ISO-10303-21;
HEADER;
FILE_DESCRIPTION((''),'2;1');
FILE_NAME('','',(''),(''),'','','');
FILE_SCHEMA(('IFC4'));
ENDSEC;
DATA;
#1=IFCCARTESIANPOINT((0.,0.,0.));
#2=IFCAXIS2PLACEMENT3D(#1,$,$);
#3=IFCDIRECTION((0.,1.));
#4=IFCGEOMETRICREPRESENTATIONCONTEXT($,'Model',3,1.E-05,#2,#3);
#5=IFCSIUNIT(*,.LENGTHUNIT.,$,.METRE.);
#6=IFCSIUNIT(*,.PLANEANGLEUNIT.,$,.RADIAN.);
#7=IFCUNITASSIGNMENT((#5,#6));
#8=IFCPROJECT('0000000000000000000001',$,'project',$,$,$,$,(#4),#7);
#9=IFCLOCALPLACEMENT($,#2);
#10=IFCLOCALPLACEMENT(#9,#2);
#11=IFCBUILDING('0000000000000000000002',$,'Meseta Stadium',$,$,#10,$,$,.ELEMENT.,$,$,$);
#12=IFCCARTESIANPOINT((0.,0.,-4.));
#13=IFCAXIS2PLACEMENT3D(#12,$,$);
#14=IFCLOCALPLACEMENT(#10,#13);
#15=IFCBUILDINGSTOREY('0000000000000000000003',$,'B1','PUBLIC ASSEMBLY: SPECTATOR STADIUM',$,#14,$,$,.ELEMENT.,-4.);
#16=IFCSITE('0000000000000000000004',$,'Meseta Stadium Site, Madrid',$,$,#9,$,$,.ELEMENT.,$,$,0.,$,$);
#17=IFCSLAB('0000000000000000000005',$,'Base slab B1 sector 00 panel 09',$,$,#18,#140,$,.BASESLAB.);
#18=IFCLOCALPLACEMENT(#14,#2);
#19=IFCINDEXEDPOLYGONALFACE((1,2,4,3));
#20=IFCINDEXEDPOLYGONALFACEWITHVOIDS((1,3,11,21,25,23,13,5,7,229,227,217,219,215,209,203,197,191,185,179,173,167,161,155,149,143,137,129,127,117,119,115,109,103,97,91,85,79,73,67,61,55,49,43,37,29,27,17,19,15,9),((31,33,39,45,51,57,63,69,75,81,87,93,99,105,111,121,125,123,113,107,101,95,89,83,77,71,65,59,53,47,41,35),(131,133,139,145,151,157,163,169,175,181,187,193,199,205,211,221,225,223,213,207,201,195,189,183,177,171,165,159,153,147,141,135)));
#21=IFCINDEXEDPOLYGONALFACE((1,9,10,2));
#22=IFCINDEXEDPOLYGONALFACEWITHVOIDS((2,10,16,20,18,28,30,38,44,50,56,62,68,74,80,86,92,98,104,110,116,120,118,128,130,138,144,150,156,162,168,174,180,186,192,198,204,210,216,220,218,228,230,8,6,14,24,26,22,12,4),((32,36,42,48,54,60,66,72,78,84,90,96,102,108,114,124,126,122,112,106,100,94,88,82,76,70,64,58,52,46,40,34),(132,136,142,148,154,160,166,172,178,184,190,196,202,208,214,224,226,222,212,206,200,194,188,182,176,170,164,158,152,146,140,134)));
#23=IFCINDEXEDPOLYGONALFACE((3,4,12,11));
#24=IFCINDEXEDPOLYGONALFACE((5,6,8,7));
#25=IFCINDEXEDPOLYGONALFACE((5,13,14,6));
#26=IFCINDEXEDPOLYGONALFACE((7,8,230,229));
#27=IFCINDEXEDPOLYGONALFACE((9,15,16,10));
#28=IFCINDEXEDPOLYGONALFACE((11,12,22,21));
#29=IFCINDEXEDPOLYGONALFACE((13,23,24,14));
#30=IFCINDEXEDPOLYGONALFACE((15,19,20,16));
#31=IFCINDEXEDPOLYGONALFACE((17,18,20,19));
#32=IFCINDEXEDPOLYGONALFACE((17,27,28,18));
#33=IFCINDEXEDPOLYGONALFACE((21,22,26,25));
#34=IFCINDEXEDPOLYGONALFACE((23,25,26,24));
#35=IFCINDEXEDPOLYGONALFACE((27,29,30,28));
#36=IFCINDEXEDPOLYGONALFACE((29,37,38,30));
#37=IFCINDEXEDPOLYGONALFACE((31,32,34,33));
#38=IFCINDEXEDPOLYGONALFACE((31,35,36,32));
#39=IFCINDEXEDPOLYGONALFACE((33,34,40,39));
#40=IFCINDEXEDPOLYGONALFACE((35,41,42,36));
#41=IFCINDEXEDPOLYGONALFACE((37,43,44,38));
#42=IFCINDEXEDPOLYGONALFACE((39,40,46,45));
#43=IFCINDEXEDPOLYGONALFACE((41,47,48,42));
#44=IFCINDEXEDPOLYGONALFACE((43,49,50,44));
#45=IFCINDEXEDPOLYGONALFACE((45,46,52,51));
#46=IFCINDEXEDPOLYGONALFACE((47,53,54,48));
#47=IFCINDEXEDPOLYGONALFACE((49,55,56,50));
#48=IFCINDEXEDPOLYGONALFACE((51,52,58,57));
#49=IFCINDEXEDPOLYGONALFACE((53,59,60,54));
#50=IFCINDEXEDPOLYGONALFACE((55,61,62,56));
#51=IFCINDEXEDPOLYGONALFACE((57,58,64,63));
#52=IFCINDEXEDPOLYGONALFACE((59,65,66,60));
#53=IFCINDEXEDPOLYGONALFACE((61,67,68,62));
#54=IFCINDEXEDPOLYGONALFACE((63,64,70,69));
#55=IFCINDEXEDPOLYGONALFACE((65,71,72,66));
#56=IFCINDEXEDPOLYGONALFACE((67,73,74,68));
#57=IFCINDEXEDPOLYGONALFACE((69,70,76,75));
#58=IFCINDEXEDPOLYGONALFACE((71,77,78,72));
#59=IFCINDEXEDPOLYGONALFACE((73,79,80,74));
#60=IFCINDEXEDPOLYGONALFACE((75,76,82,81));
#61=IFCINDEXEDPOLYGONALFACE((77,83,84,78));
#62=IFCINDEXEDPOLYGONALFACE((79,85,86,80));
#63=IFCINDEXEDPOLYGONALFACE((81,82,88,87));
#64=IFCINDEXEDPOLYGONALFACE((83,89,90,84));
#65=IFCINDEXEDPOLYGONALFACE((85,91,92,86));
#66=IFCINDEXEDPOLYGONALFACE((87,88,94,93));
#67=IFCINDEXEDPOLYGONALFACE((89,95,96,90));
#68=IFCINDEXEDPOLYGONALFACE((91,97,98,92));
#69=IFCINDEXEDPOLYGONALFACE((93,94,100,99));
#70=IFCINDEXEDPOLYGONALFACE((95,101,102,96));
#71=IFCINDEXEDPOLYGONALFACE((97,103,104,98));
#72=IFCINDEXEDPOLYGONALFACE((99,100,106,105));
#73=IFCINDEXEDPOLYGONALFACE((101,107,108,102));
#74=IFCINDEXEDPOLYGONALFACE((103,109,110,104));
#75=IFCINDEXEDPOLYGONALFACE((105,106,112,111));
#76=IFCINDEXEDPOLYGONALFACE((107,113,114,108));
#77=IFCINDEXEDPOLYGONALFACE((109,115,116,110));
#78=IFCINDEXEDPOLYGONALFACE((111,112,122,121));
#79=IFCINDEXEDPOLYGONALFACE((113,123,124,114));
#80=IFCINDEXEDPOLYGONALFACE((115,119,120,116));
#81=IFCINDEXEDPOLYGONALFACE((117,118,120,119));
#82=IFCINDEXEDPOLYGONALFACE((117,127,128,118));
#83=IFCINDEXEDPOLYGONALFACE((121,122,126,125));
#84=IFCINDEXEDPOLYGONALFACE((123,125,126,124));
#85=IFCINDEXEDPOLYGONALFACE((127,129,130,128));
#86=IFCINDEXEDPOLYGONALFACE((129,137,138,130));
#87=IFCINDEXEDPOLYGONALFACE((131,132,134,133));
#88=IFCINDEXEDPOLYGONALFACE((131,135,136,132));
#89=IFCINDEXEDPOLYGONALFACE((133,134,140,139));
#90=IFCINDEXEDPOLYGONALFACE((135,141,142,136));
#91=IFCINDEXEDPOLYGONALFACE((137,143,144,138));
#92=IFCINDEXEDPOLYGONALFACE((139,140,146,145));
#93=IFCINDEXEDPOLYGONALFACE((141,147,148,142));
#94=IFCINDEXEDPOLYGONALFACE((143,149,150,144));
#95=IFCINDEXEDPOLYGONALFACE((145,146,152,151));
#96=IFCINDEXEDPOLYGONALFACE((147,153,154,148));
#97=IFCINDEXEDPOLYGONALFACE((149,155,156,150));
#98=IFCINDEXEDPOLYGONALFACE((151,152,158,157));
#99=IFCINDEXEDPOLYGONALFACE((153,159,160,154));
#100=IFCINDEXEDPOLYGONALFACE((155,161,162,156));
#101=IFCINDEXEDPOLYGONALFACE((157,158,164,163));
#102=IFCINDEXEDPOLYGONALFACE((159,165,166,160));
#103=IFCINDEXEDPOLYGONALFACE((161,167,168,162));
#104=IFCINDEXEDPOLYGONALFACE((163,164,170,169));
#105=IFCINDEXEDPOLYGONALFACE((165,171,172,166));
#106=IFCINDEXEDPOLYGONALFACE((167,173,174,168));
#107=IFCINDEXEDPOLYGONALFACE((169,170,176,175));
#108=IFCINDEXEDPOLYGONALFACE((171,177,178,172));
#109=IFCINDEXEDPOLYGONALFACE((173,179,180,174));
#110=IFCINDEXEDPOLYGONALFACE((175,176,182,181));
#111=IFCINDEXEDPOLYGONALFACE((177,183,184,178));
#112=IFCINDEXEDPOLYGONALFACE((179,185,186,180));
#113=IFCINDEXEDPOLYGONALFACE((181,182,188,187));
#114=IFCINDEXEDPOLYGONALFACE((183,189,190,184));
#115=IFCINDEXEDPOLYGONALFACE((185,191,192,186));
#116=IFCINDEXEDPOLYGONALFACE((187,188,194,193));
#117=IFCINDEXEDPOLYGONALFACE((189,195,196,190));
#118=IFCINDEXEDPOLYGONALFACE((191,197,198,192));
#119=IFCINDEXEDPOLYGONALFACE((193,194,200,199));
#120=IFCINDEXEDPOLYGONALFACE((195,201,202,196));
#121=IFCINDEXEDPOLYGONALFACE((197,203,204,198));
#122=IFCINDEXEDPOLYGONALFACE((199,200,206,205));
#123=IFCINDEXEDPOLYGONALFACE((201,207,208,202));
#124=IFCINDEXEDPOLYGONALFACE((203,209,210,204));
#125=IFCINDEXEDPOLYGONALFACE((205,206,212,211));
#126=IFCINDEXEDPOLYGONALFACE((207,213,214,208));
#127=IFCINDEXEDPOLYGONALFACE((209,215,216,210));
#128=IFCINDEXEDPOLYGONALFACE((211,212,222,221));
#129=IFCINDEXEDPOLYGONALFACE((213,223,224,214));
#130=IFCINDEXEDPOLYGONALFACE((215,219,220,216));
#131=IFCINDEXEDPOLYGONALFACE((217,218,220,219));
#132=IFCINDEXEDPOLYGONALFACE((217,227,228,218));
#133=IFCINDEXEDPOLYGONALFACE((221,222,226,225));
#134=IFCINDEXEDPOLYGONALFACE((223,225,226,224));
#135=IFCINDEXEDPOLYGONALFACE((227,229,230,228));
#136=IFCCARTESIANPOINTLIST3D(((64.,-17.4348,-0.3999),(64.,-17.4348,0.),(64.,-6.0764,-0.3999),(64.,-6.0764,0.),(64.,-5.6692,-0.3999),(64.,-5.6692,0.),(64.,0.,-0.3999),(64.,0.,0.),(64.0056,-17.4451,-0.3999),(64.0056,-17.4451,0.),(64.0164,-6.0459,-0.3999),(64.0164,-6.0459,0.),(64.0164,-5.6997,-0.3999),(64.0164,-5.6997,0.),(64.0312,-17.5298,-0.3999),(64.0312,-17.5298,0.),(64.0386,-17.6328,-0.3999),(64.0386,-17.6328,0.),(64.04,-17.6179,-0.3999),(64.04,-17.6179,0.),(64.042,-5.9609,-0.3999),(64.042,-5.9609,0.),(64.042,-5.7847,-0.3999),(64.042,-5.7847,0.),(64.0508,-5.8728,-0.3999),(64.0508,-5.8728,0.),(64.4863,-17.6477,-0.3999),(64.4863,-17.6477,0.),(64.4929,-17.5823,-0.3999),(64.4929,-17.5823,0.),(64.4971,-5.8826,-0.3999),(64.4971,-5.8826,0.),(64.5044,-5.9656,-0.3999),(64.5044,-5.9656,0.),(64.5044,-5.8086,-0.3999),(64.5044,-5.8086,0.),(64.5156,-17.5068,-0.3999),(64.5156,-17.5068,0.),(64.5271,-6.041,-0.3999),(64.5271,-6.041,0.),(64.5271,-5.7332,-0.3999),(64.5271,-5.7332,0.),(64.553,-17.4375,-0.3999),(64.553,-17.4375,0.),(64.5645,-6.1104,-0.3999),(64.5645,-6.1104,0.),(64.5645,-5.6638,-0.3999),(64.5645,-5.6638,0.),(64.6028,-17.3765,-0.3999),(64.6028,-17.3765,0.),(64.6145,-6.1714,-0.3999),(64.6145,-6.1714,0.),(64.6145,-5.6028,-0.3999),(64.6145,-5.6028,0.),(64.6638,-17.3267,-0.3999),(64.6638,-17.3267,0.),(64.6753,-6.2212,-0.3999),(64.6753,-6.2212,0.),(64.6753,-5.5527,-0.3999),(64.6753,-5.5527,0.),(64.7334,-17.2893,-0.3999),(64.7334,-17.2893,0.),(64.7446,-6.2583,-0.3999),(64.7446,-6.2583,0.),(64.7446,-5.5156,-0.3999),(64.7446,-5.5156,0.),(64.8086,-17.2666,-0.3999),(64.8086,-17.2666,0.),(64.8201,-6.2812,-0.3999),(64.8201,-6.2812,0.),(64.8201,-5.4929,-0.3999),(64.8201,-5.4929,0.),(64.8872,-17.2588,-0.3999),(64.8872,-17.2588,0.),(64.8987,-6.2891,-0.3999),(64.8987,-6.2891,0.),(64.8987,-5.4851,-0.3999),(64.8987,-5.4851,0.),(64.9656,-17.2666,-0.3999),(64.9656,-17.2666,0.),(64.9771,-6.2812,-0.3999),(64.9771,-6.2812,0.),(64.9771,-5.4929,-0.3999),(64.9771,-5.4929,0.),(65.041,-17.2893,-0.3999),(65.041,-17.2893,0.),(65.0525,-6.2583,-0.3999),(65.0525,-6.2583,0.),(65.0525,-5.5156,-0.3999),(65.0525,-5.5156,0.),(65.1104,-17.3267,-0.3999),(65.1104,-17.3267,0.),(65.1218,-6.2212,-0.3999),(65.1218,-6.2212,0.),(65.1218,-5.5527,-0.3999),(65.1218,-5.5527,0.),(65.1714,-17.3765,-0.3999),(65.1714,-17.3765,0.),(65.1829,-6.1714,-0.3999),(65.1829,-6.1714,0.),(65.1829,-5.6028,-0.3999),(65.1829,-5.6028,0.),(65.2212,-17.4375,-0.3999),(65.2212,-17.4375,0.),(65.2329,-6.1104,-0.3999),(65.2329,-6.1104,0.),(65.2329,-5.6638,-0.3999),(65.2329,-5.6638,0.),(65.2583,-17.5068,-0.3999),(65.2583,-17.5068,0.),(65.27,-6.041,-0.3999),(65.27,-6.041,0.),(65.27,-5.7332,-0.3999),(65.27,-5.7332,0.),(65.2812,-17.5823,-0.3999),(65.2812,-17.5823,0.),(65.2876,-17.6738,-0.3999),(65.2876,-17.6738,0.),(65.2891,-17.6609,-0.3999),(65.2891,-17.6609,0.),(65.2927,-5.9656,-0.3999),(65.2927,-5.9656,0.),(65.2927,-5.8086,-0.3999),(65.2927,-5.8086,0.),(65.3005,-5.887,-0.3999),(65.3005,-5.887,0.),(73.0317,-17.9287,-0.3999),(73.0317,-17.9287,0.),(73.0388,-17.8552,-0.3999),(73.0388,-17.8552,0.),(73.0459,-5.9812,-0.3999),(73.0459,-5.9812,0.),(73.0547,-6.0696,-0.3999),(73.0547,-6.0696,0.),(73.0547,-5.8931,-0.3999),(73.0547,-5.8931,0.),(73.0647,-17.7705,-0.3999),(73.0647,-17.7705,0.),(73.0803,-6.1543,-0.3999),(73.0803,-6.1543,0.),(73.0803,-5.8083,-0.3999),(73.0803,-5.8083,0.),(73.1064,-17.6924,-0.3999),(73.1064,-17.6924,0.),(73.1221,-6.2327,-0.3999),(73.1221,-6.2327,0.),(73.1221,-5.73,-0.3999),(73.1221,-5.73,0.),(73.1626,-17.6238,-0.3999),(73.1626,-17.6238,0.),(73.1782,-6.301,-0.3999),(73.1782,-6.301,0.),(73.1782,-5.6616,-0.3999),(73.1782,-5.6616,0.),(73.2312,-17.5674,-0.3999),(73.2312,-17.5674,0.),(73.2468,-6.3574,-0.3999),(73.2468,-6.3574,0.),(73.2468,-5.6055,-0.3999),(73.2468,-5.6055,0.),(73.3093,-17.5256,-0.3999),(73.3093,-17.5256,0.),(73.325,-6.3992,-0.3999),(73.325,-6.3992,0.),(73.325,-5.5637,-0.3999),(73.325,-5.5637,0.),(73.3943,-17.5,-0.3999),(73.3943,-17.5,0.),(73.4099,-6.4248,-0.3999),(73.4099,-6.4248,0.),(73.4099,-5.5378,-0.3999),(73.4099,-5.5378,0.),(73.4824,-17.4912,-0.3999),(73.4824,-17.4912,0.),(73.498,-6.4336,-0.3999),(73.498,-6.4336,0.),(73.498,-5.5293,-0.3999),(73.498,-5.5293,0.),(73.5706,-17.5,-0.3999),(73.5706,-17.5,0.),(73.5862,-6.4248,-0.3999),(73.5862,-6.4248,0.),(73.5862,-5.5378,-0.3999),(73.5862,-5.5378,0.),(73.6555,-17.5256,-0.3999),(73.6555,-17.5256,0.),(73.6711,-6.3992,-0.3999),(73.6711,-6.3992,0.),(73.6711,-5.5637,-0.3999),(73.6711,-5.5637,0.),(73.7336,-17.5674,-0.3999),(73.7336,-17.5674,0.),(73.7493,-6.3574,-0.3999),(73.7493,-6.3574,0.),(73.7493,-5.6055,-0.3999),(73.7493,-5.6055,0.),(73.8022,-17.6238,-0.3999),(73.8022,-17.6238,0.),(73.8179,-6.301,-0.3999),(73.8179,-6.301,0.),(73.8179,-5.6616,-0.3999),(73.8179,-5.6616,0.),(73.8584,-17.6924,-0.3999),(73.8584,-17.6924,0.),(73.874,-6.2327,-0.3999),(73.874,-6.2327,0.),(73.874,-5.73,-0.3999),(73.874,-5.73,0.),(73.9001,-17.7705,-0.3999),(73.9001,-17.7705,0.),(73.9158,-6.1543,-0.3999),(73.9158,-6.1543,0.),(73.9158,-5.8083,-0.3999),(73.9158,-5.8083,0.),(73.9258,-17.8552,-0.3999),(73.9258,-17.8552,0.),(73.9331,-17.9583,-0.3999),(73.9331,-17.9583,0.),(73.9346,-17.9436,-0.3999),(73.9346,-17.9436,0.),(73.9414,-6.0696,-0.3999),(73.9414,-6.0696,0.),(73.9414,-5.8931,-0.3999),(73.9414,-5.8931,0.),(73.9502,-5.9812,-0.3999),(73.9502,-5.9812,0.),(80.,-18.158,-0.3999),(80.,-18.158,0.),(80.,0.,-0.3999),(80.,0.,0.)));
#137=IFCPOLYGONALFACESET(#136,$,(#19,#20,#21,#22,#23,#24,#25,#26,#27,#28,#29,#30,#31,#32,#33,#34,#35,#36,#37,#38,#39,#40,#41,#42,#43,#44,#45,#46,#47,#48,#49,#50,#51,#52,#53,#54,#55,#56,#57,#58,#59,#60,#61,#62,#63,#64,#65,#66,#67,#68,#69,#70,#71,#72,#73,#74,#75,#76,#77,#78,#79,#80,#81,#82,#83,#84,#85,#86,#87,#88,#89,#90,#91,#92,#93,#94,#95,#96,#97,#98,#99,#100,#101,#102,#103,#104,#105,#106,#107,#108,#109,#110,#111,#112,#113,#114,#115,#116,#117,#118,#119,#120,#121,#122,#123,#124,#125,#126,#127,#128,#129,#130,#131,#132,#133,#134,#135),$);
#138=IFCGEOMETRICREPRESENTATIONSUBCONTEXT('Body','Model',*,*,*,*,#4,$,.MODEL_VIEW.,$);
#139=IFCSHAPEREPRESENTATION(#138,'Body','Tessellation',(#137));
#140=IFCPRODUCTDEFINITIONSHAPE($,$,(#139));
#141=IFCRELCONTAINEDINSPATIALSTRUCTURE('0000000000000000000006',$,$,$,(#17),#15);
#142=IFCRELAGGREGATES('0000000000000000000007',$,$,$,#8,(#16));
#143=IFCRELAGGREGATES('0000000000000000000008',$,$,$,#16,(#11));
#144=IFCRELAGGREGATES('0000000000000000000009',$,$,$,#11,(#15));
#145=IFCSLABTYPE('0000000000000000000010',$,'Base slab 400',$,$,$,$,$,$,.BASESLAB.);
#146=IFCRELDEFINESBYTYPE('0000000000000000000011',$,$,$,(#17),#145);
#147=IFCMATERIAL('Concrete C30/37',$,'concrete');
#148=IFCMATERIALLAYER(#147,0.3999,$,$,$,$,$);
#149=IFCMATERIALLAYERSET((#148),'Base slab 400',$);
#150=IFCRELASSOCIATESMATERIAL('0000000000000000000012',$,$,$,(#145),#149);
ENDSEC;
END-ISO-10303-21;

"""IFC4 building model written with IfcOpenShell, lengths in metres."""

from ifc_helpers import new_model, si_unit, direction, frame, origin, place, context, subcontext, project, spatial, polyline, outline, extrude, material, layer, layer_set, type_object, element, save


model = new_model("IFC4")

# Units and contexts
model_context = context("Model", 3, precision=1e-05, world=origin(), true_north=direction((0.0, 1.0)))
body_context = subcontext(model_context, "Body", "Model", "MODEL_VIEW")
ifc_project = project(units=[si_unit("LENGTHUNIT", "METRE"), si_unit("PLANEANGLEUNIT", "RADIAN")], contexts=[model_context])

# Site, building, storey
site_placement = place(None, origin())
site = spatial("IfcSite", under=ifc_project, at=site_placement, Name="Meseta Stadium Site, Madrid", CompositionType="ELEMENT", RefElevation=0.0)
building_placement = place(site_placement, origin())
building = spatial("IfcBuilding", under=site, at=building_placement, Name="Meseta Stadium", CompositionType="ELEMENT")
storey_placement = place(building_placement, frame((0.0, 0.0, -4.0)))
storey = spatial("IfcBuildingStorey", under=building, at=storey_placement, Name="B1", Description="PUBLIC ASSEMBLY: SPECTATOR STADIUM", CompositionType="ELEMENT", Elevation=-4.0)

# Slab
ifc_material_1 = material(Name="Concrete C30/37", Category="concrete")
ifc_layer_1 = layer(ifc_material_1, 0.3999)
ifc_layer_set_1 = layer_set([ifc_layer_1], Name="Base slab 400")
slab_type = type_object("IfcSlabType", Name="Base slab 400", PredefinedType="BASESLAB", material=ifc_layer_set_1)
slab_1_placement = place(storey_placement, frame((0.0, 0.0, -0.3999)))
element("IfcSlab", 1, at=slab_1_placement, inside=storey, type_object=slab_type, Name="Base slab B1 sector 00 panel 09", PredefinedType="BASESLAB", context=body_context, shape_type="SweptSolid", body=[
    extrude(outline(polyline([(73.9331, -17.9583), (80.0, -18.158), (80.0, 0.0), (64.0, 0.0), (64.0, -5.6692), (64.0164, -5.6997), (64.042, -5.7847), (64.0508, -5.8728), (64.042, -5.9609), (64.0164, -6.0459), (64.0, -6.0764), (64.0, -17.4348), (64.0056, -17.4451), (64.0312, -17.5298), (64.04, -17.6179), (64.0386, -17.6328), (64.4863, -17.6477), (64.4929, -17.5823), (64.5156, -17.5068), (64.553, -17.4375), (64.6028, -17.3765), (64.6638, -17.3267), (64.7334, -17.2893), (64.8086, -17.2666), (64.8872, -17.2588), (64.9656, -17.2666), (65.041, -17.2893), (65.1104, -17.3267), (65.1714, -17.3765), (65.2212, -17.4375), (65.2583, -17.5068), (65.2812, -17.5823), (65.2891, -17.6609), (65.2876, -17.6738), (73.0317, -17.9287), (73.0388, -17.8552), (73.0647, -17.7705), (73.1064, -17.6924), (73.1626, -17.6238), (73.2312, -17.5674), (73.3093, -17.5256), (73.3943, -17.5), (73.4824, -17.4912), (73.5706, -17.5), (73.6555, -17.5256), (73.7336, -17.5674), (73.8022, -17.6238), (73.8584, -17.6924), (73.9001, -17.7705), (73.9258, -17.8552), (73.9346, -17.9436), (73.9331, -17.9583)]), holes=[polyline([(73.2468, -6.3574), (73.1782, -6.301), (73.1221, -6.2327), (73.0803, -6.1543), (73.0547, -6.0696), (73.0459, -5.9812), (73.0547, -5.8931), (73.0803, -5.8083), (73.1221, -5.73), (73.1782, -5.6616), (73.2468, -5.6055), (73.325, -5.5637), (73.4099, -5.5378), (73.498, -5.5293), (73.5862, -5.5378), (73.6711, -5.5637), (73.7493, -5.6055), (73.8179, -5.6616), (73.874, -5.73), (73.9158, -5.8083), (73.9414, -5.8931), (73.9502, -5.9812), (73.9414, -6.0696), (73.9158, -6.1543), (73.874, -6.2327), (73.8179, -6.301), (73.7493, -6.3574), (73.6711, -6.3992), (73.5862, -6.4248), (73.498, -6.4336), (73.4099, -6.4248), (73.325, -6.3992), (73.2468, -6.3574)]), polyline([(64.5271, -6.041), (64.5044, -5.9656), (64.4971, -5.8826), (64.5044, -5.8086), (64.5271, -5.7332), (64.5645, -5.6638), (64.6145, -5.6028), (64.6753, -5.5527), (64.7446, -5.5156), (64.8201, -5.4929), (64.8987, -5.4851), (64.9771, -5.4929), (65.0525, -5.5156), (65.1218, -5.5527), (65.1829, -5.6028), (65.2329, -5.6638), (65.27, -5.7332), (65.2927, -5.8086), (65.3005, -5.887), (65.2927, -5.9656), (65.27, -6.041), (65.2329, -6.1104), (65.1829, -6.1714), (65.1218, -6.2212), (65.0525, -6.2583), (64.9771, -6.2812), (64.8987, -6.2891), (64.8201, -6.2812), (64.7446, -6.2583), (64.6753, -6.2212), (64.6145, -6.1714), (64.5645, -6.1104), (64.5271, -6.041)])]), origin(), (0.0, 0.0, 1.0), 0.3999),
])

save(model, "model.ifc")
